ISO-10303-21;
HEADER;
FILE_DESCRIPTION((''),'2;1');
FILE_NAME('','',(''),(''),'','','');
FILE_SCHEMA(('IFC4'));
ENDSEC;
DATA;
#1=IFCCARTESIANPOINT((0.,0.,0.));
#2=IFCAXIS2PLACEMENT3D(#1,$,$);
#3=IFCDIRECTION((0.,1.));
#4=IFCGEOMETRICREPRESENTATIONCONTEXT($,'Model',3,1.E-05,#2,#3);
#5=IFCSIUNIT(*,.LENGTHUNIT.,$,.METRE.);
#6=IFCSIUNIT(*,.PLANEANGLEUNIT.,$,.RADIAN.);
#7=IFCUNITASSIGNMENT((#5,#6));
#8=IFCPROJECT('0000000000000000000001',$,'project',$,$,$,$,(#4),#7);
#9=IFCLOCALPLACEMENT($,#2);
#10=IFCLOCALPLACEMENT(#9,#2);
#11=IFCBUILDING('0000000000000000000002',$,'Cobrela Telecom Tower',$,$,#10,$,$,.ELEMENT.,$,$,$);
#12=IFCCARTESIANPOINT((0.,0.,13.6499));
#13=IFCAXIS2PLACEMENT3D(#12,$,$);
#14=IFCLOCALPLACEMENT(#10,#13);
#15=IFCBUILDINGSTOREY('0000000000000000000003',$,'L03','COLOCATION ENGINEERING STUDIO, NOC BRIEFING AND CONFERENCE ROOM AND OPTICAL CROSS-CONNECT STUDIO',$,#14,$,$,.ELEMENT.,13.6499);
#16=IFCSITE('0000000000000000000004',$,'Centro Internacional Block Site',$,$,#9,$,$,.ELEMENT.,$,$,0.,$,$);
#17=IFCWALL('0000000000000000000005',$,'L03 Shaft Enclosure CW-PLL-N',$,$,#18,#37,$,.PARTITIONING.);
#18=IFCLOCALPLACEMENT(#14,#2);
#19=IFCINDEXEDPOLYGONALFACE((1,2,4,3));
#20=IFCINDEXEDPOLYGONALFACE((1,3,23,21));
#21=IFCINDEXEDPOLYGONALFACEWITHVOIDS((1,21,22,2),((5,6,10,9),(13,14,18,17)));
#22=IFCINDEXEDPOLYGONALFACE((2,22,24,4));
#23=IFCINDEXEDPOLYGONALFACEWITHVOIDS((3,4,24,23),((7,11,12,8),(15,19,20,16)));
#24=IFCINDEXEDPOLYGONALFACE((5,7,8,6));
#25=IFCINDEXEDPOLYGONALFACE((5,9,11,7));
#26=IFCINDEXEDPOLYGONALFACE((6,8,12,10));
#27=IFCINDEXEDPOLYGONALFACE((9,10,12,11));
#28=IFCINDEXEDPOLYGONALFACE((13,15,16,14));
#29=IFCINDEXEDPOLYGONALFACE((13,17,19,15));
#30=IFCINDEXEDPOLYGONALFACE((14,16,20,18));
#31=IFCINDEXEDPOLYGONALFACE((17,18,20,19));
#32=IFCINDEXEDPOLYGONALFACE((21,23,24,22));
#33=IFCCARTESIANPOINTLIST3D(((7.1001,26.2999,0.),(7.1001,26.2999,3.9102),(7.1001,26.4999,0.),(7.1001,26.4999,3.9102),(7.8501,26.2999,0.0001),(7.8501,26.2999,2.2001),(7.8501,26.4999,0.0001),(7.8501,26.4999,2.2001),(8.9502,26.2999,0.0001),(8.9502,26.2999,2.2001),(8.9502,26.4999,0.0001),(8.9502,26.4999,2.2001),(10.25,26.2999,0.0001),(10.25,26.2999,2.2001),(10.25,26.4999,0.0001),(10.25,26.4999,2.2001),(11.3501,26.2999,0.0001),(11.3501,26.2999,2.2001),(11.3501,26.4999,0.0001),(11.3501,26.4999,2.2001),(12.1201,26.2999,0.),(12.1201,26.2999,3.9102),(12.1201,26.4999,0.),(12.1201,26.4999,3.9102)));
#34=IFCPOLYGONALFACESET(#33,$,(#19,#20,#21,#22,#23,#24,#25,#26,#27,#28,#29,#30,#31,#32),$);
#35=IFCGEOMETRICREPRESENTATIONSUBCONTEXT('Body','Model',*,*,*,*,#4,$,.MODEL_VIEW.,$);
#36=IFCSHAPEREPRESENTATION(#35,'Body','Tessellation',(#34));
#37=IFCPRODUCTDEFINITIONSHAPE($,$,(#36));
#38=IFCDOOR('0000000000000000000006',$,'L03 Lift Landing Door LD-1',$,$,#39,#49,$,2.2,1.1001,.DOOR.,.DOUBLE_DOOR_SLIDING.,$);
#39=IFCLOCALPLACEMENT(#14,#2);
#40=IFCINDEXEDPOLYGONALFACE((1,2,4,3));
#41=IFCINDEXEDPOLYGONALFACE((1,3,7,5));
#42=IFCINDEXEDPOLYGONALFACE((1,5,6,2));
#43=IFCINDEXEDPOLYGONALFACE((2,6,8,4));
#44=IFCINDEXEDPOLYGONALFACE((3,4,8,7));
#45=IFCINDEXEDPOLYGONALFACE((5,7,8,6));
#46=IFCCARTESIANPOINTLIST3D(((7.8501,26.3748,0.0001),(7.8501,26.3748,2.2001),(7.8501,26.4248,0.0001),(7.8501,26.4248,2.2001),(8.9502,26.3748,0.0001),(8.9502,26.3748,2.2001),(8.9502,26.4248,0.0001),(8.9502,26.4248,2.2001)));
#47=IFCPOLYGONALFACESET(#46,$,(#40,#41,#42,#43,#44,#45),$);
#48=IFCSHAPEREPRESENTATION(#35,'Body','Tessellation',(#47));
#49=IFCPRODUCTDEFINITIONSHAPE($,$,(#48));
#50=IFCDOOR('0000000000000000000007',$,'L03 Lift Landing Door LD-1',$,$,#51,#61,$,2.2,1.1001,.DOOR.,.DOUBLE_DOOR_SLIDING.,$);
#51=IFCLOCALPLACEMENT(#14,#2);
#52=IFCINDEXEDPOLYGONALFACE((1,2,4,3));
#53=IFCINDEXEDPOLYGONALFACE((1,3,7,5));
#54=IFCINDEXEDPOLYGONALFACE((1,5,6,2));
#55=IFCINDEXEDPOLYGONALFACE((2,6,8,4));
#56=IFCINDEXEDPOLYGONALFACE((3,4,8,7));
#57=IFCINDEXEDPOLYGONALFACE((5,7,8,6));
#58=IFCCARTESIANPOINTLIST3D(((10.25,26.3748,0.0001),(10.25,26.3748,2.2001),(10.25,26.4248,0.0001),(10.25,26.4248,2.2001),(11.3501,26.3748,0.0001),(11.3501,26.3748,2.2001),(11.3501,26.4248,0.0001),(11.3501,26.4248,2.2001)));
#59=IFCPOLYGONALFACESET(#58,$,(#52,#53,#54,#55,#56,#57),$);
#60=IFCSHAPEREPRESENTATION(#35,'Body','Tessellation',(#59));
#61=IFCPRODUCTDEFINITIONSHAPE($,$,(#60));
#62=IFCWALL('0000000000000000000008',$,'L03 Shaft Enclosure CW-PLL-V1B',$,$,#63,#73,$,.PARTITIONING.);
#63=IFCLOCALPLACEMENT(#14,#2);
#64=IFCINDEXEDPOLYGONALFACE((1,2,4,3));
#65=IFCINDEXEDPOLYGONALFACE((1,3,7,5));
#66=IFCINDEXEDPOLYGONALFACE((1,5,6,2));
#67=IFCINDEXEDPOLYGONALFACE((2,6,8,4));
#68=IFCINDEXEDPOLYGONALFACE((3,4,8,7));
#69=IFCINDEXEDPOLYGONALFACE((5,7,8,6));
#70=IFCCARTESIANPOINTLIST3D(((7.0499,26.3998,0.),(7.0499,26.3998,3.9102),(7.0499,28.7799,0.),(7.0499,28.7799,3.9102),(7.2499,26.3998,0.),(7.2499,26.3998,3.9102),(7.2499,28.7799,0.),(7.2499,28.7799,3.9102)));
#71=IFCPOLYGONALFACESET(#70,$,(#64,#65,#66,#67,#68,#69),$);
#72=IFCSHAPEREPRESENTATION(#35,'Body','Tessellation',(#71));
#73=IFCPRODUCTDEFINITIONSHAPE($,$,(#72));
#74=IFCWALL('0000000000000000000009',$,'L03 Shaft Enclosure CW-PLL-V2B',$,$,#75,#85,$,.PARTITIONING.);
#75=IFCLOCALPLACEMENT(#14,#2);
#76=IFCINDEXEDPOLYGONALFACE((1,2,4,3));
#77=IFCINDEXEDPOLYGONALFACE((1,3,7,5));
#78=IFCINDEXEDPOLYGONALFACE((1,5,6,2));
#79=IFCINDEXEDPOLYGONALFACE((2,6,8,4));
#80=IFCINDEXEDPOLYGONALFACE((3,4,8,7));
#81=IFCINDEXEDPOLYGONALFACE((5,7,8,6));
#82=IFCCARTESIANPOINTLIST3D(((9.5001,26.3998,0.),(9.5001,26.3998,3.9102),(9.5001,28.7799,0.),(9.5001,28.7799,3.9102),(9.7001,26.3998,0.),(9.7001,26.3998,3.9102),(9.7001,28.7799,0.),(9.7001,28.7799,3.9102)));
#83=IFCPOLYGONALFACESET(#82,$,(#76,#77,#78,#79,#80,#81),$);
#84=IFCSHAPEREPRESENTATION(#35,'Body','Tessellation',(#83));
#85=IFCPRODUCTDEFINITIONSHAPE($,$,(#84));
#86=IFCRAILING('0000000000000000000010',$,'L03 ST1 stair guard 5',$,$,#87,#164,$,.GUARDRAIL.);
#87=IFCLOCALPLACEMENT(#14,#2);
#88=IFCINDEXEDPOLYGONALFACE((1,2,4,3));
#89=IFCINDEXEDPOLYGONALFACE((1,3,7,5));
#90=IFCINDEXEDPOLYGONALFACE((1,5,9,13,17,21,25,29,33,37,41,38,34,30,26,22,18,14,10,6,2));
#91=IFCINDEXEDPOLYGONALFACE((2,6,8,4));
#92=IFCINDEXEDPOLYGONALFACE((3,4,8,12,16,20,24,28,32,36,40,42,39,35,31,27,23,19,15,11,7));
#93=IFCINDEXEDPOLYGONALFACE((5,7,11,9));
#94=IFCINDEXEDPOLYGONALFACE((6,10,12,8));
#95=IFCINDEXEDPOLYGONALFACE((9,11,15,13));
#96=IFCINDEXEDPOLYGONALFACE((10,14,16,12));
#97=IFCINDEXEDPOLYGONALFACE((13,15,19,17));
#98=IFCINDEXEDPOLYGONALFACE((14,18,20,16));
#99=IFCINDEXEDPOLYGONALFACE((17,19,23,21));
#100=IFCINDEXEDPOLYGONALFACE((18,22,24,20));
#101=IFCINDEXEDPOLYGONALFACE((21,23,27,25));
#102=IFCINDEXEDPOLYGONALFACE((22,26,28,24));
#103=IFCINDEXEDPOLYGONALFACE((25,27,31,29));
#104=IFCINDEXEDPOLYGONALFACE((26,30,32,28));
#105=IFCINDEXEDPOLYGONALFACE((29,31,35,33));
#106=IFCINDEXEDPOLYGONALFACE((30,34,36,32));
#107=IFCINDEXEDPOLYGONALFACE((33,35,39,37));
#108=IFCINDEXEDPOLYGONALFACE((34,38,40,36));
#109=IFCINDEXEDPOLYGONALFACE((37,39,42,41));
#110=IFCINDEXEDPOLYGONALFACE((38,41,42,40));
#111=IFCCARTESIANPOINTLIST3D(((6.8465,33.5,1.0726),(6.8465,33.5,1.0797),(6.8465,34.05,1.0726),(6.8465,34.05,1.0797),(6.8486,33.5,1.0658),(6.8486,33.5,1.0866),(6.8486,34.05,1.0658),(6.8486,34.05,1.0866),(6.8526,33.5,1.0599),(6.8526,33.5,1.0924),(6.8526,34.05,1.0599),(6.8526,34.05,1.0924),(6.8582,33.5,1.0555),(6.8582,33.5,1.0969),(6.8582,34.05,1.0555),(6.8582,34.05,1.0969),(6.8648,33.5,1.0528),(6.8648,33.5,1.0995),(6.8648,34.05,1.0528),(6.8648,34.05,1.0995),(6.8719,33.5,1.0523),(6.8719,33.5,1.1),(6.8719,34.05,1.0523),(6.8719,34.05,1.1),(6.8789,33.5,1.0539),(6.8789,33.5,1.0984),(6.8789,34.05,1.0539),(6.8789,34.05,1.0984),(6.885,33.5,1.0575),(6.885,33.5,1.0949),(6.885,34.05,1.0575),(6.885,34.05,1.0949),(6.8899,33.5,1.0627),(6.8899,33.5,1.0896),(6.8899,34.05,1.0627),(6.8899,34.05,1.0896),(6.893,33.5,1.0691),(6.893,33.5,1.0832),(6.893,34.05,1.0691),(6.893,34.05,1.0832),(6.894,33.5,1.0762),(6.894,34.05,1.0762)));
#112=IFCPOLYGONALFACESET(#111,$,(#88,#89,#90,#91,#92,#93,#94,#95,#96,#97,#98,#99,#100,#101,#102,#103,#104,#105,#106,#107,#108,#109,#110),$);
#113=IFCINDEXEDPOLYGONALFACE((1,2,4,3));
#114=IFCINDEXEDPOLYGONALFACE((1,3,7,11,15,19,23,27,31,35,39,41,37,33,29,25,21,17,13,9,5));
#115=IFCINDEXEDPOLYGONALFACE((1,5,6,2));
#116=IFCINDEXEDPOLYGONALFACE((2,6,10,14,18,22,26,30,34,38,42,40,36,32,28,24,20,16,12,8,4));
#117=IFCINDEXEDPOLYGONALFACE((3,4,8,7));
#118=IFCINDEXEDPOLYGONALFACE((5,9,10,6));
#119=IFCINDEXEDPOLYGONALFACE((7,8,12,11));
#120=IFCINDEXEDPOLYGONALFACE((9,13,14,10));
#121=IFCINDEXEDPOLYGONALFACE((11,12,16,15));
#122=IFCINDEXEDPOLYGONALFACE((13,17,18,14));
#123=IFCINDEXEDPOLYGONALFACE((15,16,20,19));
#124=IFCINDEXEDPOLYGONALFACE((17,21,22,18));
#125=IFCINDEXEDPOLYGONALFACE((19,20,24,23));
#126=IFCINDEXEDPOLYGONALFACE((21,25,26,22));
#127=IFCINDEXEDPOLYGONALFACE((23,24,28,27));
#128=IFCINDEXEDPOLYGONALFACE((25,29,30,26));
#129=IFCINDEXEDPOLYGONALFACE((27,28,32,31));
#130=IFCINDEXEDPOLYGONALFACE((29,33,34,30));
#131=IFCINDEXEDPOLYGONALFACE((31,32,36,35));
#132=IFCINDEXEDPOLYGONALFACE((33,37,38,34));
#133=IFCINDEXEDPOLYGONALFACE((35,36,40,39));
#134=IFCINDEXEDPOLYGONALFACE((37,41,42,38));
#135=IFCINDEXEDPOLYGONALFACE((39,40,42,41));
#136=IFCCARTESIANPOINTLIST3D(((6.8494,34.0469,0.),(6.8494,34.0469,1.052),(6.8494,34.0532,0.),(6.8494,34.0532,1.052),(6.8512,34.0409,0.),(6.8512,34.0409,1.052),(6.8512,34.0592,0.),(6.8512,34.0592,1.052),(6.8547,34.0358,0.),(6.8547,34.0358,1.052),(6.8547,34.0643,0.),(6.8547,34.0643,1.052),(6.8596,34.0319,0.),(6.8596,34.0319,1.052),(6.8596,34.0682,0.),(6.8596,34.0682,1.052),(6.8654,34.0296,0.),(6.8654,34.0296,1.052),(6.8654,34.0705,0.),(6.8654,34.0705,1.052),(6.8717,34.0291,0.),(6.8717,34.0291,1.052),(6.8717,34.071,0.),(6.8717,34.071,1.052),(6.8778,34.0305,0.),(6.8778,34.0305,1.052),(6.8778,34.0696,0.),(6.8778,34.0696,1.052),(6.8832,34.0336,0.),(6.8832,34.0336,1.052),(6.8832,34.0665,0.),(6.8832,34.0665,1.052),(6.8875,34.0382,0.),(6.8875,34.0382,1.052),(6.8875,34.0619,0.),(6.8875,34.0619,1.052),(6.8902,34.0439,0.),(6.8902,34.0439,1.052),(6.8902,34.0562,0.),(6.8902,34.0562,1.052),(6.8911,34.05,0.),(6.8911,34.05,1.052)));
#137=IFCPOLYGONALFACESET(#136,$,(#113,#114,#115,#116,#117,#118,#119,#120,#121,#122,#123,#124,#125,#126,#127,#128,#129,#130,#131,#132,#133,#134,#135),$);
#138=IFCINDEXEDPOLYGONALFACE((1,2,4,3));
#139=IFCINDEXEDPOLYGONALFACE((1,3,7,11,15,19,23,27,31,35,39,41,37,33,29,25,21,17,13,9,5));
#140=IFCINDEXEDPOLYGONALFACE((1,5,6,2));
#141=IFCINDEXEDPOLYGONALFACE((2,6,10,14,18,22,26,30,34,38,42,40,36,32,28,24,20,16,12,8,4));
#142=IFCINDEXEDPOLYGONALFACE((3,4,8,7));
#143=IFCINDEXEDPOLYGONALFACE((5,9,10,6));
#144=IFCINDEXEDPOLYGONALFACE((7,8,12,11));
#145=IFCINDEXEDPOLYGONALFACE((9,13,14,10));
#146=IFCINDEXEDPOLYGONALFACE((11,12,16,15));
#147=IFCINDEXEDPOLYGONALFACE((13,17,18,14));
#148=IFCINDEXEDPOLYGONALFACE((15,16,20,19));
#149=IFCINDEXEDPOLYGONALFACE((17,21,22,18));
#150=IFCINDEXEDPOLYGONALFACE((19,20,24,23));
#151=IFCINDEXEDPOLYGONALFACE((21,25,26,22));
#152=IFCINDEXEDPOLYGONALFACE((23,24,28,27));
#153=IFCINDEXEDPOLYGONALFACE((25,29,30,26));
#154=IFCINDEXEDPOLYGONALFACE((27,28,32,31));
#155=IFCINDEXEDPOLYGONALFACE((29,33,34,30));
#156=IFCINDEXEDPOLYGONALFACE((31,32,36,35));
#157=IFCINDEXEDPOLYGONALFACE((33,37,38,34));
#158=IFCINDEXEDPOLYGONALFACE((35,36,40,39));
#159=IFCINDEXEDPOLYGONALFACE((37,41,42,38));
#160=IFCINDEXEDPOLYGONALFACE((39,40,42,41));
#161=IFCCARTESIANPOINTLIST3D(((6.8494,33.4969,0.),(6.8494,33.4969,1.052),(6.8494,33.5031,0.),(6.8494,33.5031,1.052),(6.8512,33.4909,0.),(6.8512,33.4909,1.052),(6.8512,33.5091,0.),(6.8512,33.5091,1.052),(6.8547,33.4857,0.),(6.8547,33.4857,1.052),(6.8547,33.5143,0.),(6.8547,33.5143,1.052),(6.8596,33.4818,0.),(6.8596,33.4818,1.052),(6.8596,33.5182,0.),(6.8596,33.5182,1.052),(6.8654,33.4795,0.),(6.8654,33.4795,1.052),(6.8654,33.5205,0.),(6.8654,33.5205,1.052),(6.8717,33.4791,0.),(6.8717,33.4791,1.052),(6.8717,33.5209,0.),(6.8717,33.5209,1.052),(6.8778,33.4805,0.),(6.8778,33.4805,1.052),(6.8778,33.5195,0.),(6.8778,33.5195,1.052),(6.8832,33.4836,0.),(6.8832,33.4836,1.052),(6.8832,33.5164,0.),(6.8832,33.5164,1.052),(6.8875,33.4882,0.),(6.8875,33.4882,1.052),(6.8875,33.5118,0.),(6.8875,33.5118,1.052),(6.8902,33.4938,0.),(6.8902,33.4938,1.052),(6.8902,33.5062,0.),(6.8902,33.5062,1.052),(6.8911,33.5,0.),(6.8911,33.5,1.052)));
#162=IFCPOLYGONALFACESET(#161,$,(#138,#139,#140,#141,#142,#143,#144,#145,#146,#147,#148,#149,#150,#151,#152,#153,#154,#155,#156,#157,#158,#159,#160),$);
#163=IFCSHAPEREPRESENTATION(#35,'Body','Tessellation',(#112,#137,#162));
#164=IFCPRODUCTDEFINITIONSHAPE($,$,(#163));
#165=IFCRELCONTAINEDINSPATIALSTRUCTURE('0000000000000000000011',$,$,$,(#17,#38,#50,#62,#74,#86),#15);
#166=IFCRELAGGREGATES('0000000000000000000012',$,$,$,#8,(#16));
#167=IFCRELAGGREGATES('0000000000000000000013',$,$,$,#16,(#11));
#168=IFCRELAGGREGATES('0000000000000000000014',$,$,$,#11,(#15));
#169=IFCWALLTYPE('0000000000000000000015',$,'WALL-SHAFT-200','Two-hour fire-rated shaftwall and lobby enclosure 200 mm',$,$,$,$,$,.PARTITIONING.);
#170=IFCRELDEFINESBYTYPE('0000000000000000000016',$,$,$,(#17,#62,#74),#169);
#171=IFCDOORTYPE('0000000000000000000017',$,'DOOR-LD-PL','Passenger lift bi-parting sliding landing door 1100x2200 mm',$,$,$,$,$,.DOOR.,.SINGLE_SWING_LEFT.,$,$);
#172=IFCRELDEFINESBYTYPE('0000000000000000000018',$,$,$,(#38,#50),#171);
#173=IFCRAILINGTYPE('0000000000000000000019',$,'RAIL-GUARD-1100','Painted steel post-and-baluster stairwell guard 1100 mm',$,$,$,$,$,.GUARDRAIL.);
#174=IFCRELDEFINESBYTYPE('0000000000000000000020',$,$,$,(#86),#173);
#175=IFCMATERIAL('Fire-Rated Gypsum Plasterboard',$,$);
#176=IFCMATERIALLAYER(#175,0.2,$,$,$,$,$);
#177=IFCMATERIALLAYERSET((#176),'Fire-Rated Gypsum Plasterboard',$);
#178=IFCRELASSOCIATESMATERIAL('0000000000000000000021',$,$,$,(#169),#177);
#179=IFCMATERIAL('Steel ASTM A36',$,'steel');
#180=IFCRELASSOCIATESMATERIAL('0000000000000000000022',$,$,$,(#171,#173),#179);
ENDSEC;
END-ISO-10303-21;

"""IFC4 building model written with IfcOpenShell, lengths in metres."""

from ifc_helpers import new_model, si_unit, direction, frame, frame_2d, origin, origin_2d, place, context, subcontext, project, spatial, rectangle, circle, extrude, material, layer, layer_set, type_object, element, fill, save


model = new_model("IFC4")

# Units and contexts
model_context = context("Model", 3, precision=1e-05, world=origin(), true_north=direction((0.0, 1.0)))
body_context = subcontext(model_context, "Body", "Model", "MODEL_VIEW")
ifc_project = project(units=[si_unit("LENGTHUNIT", "METRE"), si_unit("PLANEANGLEUNIT", "RADIAN")], contexts=[model_context])

# Site, building, storey
site_placement = place(None, origin())
site = spatial("IfcSite", under=ifc_project, at=site_placement, Name="Centro Internacional Block Site", CompositionType="ELEMENT", RefElevation=0.0)
building_placement = place(site_placement, origin())
building = spatial("IfcBuilding", under=site, at=building_placement, Name="Cobrela Telecom Tower", CompositionType="ELEMENT")
storey_placement = place(building_placement, frame((0.0, 0.0, 13.6499)))
storey = spatial("IfcBuildingStorey", under=building, at=storey_placement, Name="L03", Description="COLOCATION ENGINEERING STUDIO, NOC BRIEFING AND CONFERENCE ROOM AND OPTICAL CROSS-CONNECT STUDIO", CompositionType="ELEMENT", Elevation=13.6499)

# Shared definitions
ifc_material_1 = material(Name="Steel ASTM A36", Category="steel")
ifc_material_2 = material(Name="Fire-Rated Gypsum Plasterboard")
ifc_layer_1 = layer(ifc_material_2, 0.2)
ifc_layer_set_1 = layer_set([ifc_layer_1], Name="Fire-Rated Gypsum Plasterboard")
wall_type_1 = type_object("IfcWallType", Name="WALL-SHAFT-200", Description="Two-hour fire-rated shaftwall and lobby enclosure 200 mm", PredefinedType="PARTITIONING", material=ifc_layer_set_1)

# Wall, openings, doors
wall_1_placement = place(storey_placement, frame((7.1001, 26.3999, 0.0), z_axis=(0.0, 0.0, 1.0), x_axis=(1.0, 0.0, 0.0)))
wall_1 = element("IfcWall", 1, at=wall_1_placement, inside=storey, type_object=wall_type_1, Name="L03 Shaft Enclosure CW-PLL-N", PredefinedType="PARTITIONING", context=body_context, shape_type="SweptSolid", body=[
    extrude(rectangle(XDim=5.02, YDim=0.2, at=frame_2d((2.51, 0.0))), origin(), (0.0, 0.0, 1.0), 3.9102),
])
opening_1_placement = place(wall_1_placement, frame((0.75, 0.0, 0.0)))
opening_1 = element("IfcOpeningElement", 2, at=opening_1_placement, cuts=wall_1, PredefinedType="OPENING", context=body_context, shape_type="SweptSolid", body=[
    extrude(rectangle(XDim=1.1001, YDim=2.2, at=frame_2d((0.55, 1.1001))), frame((0.0, 0.1118, 0.0), z_axis=(0.0, -1.0, 0.0), x_axis=(1.0, 0.0, 0.0)), (0.0, 0.0, 1.0), 0.2239),
])
opening_2_placement = place(wall_1_placement, frame((3.1499, 0.0, 0.0)))
opening_2 = element("IfcOpeningElement", 3, at=opening_2_placement, cuts=wall_1, PredefinedType="OPENING", context=body_context, shape_type="SweptSolid", body=[
    extrude(rectangle(XDim=1.1001, YDim=2.2, at=frame_2d((0.55, 1.1001))), frame((0.0, 0.1118, 0.0), z_axis=(0.0, -1.0, 0.0), x_axis=(1.0, 0.0, 0.0)), (0.0, 0.0, 1.0), 0.2239),
])
door_type_1 = type_object("IfcDoorType", Name="DOOR-LD-PL", Description="Passenger lift bi-parting sliding landing door 1100x2200 mm", OperationType="SINGLE_SWING_LEFT", PredefinedType="DOOR", material=ifc_material_1)
door_1_placement = place(opening_1_placement, origin())
door_1 = element("IfcDoor", 4, at=door_1_placement, inside=storey, type_object=door_type_1, Name="L03 Lift Landing Door LD-1", OperationType="DOUBLE_DOOR_SLIDING", OverallHeight=2.2, OverallWidth=1.1001, PredefinedType="DOOR", context=body_context, shape_type="SweptSolid", body=[
    extrude(rectangle(XDim=1.1001, YDim=2.2, at=frame_2d((0.55, 1.1001))), frame((0.0, 0.0249, 0.0), z_axis=(0.0, -1.0, 0.0), x_axis=(1.0, 0.0, 0.0)), (0.0, 0.0, 1.0), 0.05),
])
fill(opening_1, door_1)
door_2_placement = place(opening_2_placement, origin())
door_2 = element("IfcDoor", 5, at=door_2_placement, inside=storey, type_object=door_type_1, Name="L03 Lift Landing Door LD-1", OperationType="DOUBLE_DOOR_SLIDING", OverallHeight=2.2, OverallWidth=1.1001, PredefinedType="DOOR", context=body_context, shape_type="SweptSolid", body=[
    extrude(rectangle(XDim=1.1001, YDim=2.2, at=frame_2d((0.55, 1.1001))), frame((0.0, 0.0249, 0.0), z_axis=(0.0, -1.0, 0.0), x_axis=(1.0, 0.0, 0.0)), (0.0, 0.0, 1.0), 0.05),
])
fill(opening_2, door_2)

# Walls
for number, where, z_axis, x_axis, name in (
    (6, (7.1499, 26.3999, 0.0), (0.0, 0.0, 1.0), (0.0, 1.0, 0.0), "L03 Shaft Enclosure CW-PLL-V1B"),
    (7, (9.6001, 26.3999, 0.0), (0.0, 0.0, 1.0), (0.0, 1.0, 0.0), "L03 Shaft Enclosure CW-PLL-V2B"),
):
    element("IfcWall", number, at=place(storey_placement, frame(where, z_axis=z_axis, x_axis=x_axis)), inside=storey, type_object=wall_type_1, Name=name, PredefinedType="PARTITIONING", context=body_context, shape_type="SweptSolid", body=[
        extrude(rectangle(XDim=2.3801, YDim=0.2, at=frame_2d((1.1899, 0.0))), origin(), (0.0, 0.0, 1.0), 3.9102),
    ])

# Railing
railing_type = type_object("IfcRailingType", Name="RAIL-GUARD-1100", Description="Painted steel post-and-baluster stairwell guard 1100 mm", PredefinedType="GUARDRAIL", material=ifc_material_1)
railing_placement = place(storey_placement, frame((6.8701, 34.05, 0.0)))
element("IfcRailing", 8, at=railing_placement, inside=storey, type_object=railing_type, Name="L03 ST1 stair guard 5", PredefinedType="GUARDRAIL", context=body_context, shape_type="SweptSolid", body=[
    extrude(circle(Radius=0.0239, at=origin_2d()), frame((0.0, 0.0, 1.0762), z_axis=(0.0, -1.0, 0.0), x_axis=(1.0, 0.0, 0.0)), (0.0, 0.0, 1.0), 0.55),
    extrude(circle(Radius=0.021, at=origin_2d()), origin(), (0.0, 0.0, 1.0), 1.052),
    extrude(circle(Radius=0.021, at=origin_2d()), frame((0.0, -0.55, 0.0)), (0.0, 0.0, 1.0), 1.052),
])

save(model, "model.ifc")
